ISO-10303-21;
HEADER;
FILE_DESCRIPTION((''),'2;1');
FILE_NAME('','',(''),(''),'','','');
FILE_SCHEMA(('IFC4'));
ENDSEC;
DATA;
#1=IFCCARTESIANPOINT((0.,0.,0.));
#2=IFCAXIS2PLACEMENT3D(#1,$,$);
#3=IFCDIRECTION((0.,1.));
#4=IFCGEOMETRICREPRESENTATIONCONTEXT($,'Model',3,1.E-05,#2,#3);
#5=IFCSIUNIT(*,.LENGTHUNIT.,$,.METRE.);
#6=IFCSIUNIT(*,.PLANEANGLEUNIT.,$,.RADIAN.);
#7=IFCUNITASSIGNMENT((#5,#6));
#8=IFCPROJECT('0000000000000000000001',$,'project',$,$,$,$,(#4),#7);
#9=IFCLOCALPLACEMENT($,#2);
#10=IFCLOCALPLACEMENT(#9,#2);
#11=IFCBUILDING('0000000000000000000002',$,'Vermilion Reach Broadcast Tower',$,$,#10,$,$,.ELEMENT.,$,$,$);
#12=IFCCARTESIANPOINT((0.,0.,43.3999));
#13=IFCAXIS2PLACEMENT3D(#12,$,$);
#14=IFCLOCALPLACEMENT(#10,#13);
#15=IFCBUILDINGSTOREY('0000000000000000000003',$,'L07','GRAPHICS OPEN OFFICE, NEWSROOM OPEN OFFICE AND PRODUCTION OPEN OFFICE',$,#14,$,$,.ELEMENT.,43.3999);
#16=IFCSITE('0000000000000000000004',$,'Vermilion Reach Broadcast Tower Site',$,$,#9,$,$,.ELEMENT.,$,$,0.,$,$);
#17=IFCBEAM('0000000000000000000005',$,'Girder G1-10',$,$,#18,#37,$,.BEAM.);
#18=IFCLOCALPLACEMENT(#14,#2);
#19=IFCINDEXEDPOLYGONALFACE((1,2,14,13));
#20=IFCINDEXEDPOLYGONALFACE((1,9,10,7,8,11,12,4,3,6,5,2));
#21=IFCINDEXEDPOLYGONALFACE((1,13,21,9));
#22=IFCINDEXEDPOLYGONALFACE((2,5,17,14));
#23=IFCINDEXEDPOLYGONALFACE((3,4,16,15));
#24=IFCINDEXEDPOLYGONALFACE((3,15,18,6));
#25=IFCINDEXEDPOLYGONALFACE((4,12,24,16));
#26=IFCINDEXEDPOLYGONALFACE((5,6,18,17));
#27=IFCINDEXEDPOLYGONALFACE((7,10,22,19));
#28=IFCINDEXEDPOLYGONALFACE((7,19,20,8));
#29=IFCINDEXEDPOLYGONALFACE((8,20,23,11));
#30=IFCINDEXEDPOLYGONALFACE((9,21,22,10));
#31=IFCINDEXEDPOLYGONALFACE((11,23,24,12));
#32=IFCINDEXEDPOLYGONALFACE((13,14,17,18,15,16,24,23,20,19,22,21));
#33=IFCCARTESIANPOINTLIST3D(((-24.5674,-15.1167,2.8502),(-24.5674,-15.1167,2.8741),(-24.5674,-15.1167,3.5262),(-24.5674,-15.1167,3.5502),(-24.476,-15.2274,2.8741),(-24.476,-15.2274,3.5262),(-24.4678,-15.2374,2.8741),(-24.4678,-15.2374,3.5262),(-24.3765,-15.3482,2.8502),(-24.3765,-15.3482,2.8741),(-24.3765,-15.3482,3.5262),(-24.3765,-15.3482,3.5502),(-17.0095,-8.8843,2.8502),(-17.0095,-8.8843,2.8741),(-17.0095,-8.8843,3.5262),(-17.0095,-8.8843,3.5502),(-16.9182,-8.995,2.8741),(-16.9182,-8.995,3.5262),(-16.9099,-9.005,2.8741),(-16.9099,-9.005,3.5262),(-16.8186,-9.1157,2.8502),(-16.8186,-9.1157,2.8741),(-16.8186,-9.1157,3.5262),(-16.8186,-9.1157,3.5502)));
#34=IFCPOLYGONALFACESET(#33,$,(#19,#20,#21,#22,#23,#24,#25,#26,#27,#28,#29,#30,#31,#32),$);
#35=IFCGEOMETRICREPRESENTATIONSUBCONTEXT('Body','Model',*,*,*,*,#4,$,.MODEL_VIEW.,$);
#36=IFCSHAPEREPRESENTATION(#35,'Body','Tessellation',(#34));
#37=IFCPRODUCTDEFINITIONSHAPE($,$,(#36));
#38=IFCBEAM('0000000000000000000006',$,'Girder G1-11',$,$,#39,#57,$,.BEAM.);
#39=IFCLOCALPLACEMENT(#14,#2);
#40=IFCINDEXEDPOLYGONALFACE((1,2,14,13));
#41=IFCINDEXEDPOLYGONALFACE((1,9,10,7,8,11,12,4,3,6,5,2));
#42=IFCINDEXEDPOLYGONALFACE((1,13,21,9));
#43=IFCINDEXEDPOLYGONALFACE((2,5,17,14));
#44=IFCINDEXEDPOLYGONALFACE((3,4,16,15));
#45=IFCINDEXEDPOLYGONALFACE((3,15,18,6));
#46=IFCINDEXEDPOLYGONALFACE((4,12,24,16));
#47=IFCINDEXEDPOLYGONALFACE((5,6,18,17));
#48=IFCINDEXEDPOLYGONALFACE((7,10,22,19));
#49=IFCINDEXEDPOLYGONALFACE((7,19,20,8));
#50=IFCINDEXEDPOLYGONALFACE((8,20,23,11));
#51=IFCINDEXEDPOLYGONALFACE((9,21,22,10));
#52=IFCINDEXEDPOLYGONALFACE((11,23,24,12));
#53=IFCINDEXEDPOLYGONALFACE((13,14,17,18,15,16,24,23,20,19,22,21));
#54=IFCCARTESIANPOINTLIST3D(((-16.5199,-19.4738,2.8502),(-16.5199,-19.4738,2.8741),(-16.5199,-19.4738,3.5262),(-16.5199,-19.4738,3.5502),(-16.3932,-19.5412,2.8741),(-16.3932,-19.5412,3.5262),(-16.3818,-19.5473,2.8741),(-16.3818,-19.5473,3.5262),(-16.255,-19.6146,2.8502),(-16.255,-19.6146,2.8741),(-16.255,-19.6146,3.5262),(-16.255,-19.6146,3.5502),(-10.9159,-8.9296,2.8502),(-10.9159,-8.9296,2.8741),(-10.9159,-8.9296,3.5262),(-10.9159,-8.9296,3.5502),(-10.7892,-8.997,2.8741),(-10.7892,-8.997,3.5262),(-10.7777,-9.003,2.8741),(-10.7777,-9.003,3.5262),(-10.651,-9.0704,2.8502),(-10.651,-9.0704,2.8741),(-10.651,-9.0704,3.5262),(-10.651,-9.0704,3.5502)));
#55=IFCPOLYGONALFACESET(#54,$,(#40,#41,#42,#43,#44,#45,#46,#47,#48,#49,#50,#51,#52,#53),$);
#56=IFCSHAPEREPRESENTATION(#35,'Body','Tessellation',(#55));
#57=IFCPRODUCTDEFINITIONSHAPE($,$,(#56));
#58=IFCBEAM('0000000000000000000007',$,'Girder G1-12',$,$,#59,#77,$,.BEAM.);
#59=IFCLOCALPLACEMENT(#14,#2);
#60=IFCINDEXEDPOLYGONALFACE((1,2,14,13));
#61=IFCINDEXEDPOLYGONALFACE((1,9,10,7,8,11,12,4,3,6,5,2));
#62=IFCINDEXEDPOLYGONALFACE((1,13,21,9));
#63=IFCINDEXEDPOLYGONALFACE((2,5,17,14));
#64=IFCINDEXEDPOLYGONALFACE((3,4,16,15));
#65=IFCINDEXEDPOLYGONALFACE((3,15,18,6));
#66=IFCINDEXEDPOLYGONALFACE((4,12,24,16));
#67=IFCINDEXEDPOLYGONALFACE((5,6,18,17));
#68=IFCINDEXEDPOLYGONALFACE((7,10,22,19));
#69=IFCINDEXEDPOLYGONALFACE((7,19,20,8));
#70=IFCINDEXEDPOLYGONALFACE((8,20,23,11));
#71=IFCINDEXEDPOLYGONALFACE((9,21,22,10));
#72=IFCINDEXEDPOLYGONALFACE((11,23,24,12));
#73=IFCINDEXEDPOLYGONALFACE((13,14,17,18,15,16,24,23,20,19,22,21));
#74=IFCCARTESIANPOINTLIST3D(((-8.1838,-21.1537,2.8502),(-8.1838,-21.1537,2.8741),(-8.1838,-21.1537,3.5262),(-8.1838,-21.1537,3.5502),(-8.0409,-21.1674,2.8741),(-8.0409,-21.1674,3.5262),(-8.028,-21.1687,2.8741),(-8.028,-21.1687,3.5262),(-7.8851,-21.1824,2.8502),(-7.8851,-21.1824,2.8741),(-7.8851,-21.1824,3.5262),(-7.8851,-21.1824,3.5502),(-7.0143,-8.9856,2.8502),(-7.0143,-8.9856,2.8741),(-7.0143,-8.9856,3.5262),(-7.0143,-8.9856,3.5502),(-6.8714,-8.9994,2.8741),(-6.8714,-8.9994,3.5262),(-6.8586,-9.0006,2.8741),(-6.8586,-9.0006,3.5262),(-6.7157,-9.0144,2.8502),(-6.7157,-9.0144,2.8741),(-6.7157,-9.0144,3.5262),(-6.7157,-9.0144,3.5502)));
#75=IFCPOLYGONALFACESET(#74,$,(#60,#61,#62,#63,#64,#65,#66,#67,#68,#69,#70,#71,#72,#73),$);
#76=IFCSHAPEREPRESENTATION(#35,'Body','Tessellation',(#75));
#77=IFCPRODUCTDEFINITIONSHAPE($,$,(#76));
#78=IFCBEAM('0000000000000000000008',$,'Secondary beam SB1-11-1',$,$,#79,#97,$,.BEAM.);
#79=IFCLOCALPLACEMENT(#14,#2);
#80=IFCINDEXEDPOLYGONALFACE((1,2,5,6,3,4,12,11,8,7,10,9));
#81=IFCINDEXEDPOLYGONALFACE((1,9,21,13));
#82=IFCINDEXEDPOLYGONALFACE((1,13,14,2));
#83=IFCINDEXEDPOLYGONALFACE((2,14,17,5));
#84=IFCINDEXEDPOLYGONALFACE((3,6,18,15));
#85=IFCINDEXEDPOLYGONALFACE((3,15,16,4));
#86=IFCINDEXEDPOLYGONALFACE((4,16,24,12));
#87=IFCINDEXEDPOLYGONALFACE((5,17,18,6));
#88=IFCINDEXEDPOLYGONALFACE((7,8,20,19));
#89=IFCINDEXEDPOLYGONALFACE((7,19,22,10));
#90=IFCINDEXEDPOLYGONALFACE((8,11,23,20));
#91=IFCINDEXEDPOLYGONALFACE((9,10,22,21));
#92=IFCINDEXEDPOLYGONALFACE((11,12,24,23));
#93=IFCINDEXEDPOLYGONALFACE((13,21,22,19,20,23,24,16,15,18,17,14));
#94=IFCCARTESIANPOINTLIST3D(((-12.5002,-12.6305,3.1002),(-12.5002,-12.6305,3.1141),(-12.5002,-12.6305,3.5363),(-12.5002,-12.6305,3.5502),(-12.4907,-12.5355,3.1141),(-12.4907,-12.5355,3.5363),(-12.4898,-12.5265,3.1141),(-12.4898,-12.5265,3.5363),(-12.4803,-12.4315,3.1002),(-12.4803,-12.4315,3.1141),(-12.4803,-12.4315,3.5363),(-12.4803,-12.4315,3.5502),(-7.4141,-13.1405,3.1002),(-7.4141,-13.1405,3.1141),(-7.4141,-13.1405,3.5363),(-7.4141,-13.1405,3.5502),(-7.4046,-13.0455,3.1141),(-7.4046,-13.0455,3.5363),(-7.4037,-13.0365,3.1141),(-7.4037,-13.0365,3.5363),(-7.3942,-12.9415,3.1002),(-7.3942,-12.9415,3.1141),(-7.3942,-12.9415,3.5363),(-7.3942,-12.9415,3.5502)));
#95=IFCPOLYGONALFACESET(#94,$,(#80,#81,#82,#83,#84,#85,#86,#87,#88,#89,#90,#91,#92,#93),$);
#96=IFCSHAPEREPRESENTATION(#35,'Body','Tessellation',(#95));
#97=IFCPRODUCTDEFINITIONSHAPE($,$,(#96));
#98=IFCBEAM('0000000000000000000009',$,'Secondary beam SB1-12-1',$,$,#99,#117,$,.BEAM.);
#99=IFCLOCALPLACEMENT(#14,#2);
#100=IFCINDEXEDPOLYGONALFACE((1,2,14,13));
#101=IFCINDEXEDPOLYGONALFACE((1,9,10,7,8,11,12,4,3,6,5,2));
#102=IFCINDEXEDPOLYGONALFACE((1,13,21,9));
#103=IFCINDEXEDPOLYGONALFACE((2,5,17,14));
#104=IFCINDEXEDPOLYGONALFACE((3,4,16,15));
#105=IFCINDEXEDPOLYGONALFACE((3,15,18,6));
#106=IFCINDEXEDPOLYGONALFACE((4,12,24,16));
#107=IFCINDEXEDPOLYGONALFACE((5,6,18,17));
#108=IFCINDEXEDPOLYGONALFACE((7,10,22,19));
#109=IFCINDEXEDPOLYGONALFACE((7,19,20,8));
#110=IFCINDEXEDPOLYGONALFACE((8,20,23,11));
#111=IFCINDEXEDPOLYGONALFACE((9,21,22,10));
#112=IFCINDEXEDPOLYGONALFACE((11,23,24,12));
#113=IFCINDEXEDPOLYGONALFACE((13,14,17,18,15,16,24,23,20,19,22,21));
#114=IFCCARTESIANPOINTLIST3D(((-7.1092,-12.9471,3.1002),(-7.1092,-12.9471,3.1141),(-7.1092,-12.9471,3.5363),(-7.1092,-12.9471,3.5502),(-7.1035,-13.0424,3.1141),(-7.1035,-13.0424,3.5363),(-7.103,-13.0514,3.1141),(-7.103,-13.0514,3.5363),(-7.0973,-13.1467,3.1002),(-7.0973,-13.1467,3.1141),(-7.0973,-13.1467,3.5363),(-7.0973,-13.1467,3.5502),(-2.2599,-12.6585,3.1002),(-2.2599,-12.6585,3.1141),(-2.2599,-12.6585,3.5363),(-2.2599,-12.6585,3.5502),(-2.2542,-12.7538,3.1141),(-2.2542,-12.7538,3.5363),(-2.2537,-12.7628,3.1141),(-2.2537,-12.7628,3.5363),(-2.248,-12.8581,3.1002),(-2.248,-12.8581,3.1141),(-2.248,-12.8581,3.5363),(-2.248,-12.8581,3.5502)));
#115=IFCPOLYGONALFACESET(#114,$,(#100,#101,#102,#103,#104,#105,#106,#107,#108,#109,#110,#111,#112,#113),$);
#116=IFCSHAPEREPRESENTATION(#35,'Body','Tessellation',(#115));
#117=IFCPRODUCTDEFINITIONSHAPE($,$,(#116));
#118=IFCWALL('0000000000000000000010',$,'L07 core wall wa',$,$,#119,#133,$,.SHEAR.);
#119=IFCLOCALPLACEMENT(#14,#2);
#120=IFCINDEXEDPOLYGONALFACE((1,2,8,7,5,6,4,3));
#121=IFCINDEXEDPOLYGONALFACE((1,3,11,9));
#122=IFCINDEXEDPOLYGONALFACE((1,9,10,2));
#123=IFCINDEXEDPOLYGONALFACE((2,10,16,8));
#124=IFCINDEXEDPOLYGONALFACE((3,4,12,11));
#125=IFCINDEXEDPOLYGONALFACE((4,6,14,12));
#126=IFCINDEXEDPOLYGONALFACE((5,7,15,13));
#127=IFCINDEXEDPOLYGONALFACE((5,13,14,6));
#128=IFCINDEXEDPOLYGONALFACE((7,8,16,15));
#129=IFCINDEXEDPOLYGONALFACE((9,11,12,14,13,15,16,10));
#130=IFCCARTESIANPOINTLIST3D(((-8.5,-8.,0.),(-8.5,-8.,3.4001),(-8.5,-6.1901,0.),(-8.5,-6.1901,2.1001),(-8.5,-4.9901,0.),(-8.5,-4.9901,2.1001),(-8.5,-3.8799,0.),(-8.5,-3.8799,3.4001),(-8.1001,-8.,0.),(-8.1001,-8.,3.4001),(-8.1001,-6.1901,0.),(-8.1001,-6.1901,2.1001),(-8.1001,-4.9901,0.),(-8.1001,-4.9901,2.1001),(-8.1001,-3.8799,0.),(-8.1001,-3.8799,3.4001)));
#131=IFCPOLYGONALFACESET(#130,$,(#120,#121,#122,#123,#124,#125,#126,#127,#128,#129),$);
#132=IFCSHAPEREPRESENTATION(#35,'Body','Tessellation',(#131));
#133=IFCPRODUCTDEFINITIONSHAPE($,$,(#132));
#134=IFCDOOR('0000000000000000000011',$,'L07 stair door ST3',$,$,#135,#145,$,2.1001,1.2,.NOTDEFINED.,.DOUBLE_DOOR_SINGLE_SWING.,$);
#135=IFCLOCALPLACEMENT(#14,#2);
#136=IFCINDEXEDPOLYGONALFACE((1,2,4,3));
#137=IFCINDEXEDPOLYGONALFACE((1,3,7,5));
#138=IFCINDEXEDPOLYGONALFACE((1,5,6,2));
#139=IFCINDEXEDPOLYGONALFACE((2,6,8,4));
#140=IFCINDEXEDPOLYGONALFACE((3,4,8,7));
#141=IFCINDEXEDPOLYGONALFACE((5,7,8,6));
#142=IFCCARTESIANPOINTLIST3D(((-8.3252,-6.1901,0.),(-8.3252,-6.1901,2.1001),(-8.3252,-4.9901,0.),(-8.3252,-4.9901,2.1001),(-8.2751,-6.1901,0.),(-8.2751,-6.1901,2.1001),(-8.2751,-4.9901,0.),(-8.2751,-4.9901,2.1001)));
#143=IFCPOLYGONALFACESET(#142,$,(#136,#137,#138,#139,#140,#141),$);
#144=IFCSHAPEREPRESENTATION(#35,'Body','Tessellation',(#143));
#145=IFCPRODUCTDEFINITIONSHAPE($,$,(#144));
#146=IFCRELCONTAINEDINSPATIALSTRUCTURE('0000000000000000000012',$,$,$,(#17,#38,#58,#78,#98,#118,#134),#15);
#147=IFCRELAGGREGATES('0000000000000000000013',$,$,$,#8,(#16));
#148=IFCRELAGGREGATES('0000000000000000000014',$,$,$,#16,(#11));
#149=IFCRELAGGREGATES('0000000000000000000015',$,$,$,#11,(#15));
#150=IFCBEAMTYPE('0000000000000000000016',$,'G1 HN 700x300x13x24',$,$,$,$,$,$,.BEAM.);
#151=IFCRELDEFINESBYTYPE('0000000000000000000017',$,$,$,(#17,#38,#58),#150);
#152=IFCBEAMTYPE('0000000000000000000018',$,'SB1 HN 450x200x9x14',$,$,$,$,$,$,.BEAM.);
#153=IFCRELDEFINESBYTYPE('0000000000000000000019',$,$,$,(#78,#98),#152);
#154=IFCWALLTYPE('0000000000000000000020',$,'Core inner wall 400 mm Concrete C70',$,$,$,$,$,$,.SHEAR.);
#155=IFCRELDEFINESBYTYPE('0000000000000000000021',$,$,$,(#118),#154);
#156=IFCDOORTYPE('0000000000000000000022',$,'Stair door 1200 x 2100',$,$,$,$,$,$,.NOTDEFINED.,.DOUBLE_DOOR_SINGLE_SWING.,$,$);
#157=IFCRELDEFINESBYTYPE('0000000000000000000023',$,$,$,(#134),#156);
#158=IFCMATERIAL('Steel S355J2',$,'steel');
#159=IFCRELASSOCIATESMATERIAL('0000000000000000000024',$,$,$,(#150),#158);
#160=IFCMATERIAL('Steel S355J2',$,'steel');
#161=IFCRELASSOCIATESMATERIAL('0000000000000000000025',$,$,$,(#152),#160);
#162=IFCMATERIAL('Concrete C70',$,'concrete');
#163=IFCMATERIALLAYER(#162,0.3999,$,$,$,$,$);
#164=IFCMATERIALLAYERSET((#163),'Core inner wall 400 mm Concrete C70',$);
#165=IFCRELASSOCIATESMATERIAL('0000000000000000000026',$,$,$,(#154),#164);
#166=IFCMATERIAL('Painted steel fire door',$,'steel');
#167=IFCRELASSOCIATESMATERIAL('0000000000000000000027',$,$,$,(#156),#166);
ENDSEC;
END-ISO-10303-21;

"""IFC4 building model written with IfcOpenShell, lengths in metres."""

from ifc_helpers import new_model, si_unit, direction, frame, frame_2d, origin, origin_2d, place, context, subcontext, project, spatial, rectangle, i_section, extrude, material, layer, layer_set, material_profile, profile_set, type_object, element, fill, save


model = new_model("IFC4")

# Units and contexts
model_context = context("Model", 3, precision=1e-05, world=origin(), true_north=direction((0.0, 1.0)))
body_context = subcontext(model_context, "Body", "Model", "MODEL_VIEW")
ifc_project = project(units=[si_unit("LENGTHUNIT", "METRE"), si_unit("PLANEANGLEUNIT", "RADIAN")], contexts=[model_context])

# Site, building, storey
site_placement = place(None, origin())
site = spatial("IfcSite", under=ifc_project, at=site_placement, Name="Vermilion Reach Broadcast Tower Site", CompositionType="ELEMENT", RefElevation=0.0)
building_placement = place(site_placement, origin())
building = spatial("IfcBuilding", under=site, at=building_placement, Name="Vermilion Reach Broadcast Tower", CompositionType="ELEMENT")
storey_placement = place(building_placement, frame((0.0, 0.0, 43.3999)))
storey = spatial("IfcBuildingStorey", under=building, at=storey_placement, Name="L07", Description="GRAPHICS OPEN OFFICE, NEWSROOM OPEN OFFICE AND PRODUCTION OPEN OFFICE", CompositionType="ELEMENT", Elevation=43.3999)

# Beams
ifc_material_1 = material(Name="Steel S355J2", Category="steel")
ifc_material_profile_1 = material_profile(ifc_material_1, i_section(OverallWidth=0.3, OverallDepth=0.7, WebThickness=0.0129, FlangeThickness=0.0239, at=origin_2d()), Name="S355J2 HN 700x300x13x24")
ifc_profile_set_1 = profile_set([ifc_material_profile_1], Name="Steel S355J2")
beam_type_1 = type_object("IfcBeamType", Name="G1 HN 700x300x13x24", PredefinedType="BEAM", material=ifc_profile_set_1)
beam_1_placement = place(storey_placement, frame((-16.9141, -9.0, 3.2002), z_axis=(-0.771514, -0.636212, 0.0), x_axis=(0.636212, -0.771514, 0.0)))
element("IfcBeam", 1, at=beam_1_placement, inside=storey, type_object=beam_type_1, Name="Girder G1-10", PredefinedType="BEAM", context=body_context, shape_type="SweptSolid", body=[
    extrude(i_section(OverallWidth=0.3, OverallDepth=0.7, WebThickness=0.0129, FlangeThickness=0.0239, at=origin_2d()), origin(), (0.0, 0.0, 1.0), 9.7961),
])
beam_2_placement = place(storey_placement, frame((-10.7834, -9.0, 3.2002), z_axis=(-0.469312, -0.883032, 0.0), x_axis=(0.883032, -0.469312, 0.0)))
element("IfcBeam", 2, at=beam_2_placement, inside=storey, type_object=beam_type_1, Name="Girder G1-11", PredefinedType="BEAM", context=body_context, shape_type="SweptSolid", body=[
    extrude(i_section(OverallWidth=0.3, OverallDepth=0.7, WebThickness=0.0129, FlangeThickness=0.0239, at=origin_2d()), origin(), (0.0, 0.0, 1.0), 11.9409),
])
beam_3_placement = place(storey_placement, frame((-6.865, -9.0, 3.2002), z_axis=(-0.095667, -0.995413, 0.0), x_axis=(0.995413, -0.095667, 0.0)))
element("IfcBeam", 3, at=beam_3_placement, inside=storey, type_object=beam_type_1, Name="Girder G1-12", PredefinedType="BEAM", context=body_context, shape_type="SweptSolid", body=[
    extrude(i_section(OverallWidth=0.3, OverallDepth=0.7, WebThickness=0.0129, FlangeThickness=0.0239, at=origin_2d()), origin(), (0.0, 0.0, 1.0), 12.2241),
])
ifc_material_2 = material(Name="Steel S355J2", Category="steel")
ifc_material_profile_2 = material_profile(ifc_material_2, i_section(OverallWidth=0.2, OverallDepth=0.45, WebThickness=0.009, FlangeThickness=0.0139, at=origin_2d()), Name="S355J2 HN 450x200x9x14")
ifc_profile_set_2 = profile_set([ifc_material_profile_2], Name="Steel S355J2")
beam_type_2 = type_object("IfcBeamType", Name="SB1 HN 450x200x9x14", PredefinedType="BEAM", material=ifc_profile_set_2)
beam_4_placement = place(storey_placement, frame((-12.4902, -12.531, 3.3252), z_axis=(0.99501, -0.099773, 0.0), x_axis=(0.099773, 0.99501, 0.0)))
element("IfcBeam", 4, at=beam_4_placement, inside=storey, type_object=beam_type_2, Name="Secondary beam SB1-11-1", PredefinedType="BEAM", context=body_context, shape_type="SweptSolid", body=[
    extrude(i_section(OverallWidth=0.2, OverallDepth=0.45, WebThickness=0.009, FlangeThickness=0.0139, at=origin_2d()), origin(), (0.0, 0.0, 1.0), 5.1116),
])
beam_5_placement = place(storey_placement, frame((-7.1033, -13.0469, 3.3252), z_axis=(0.998234, 0.059403, 0.0), x_axis=(-0.059403, 0.998234, 0.0)))
element("IfcBeam", 5, at=beam_5_placement, inside=storey, type_object=beam_type_2, Name="Secondary beam SB1-12-1", PredefinedType="BEAM", context=body_context, shape_type="SweptSolid", body=[
    extrude(i_section(OverallWidth=0.2, OverallDepth=0.45, WebThickness=0.009, FlangeThickness=0.0139, at=origin_2d()), origin(), (0.0, 0.0, 1.0), 4.8579),
])

# Wall, opening, door
ifc_material_3 = material(Name="Concrete C70", Category="concrete")
ifc_layer_1 = layer(ifc_material_3, 0.3999)
ifc_layer_set_1 = layer_set([ifc_layer_1], Name="Core inner wall 400 mm Concrete C70")
wall_type_1 = type_object("IfcWallType", Name="Core inner wall 400 mm Concrete C70", PredefinedType="SHEAR", material=ifc_layer_set_1)
wall_1_placement = place(storey_placement, frame((-8.3, -3.8799, 0.0), z_axis=(0.0, 0.0, 1.0), x_axis=(0.0, -1.0, 0.0)))
wall_1 = element("IfcWall", 6, at=wall_1_placement, inside=storey, type_object=wall_type_1, Name="L07 core wall wa", PredefinedType="SHEAR", context=body_context, shape_type="SweptSolid", body=[
    extrude(rectangle(XDim=4.1201, YDim=0.3999, at=frame_2d((2.0601, 0.0))), origin(), (0.0, 0.0, 1.0), 3.4001),
])
opening_1_placement = place(wall_1_placement, frame((1.1101, 0.0, 0.0)))
opening_1 = element("IfcOpeningElement", 7, at=opening_1_placement, cuts=wall_1, PredefinedType="OPENING", context=body_context, shape_type="SweptSolid", body=[
    extrude(rectangle(XDim=1.2, YDim=2.1001, at=frame_2d((0.6001, 1.05))), frame((0.0, 0.21, 0.0), z_axis=(0.0, -1.0, 0.0), x_axis=(1.0, 0.0, 0.0)), (0.0, 0.0, 1.0), 0.4199),
])
ifc_material_4 = material(Name="Painted steel fire door", Category="steel")
door_type_1 = type_object("IfcDoorType", Name="Stair door 1200 x 2100", OperationType="DOUBLE_DOOR_SINGLE_SWING", PredefinedType="NOTDEFINED", material=ifc_material_4)
door_1_placement = place(opening_1_placement, origin())
door_1 = element("IfcDoor", 8, at=door_1_placement, inside=storey, type_object=door_type_1, Name="L07 stair door ST3", OperationType="DOUBLE_DOOR_SINGLE_SWING", OverallHeight=2.1001, OverallWidth=1.2, PredefinedType="NOTDEFINED", context=body_context, shape_type="SweptSolid", body=[
    extrude(rectangle(XDim=1.2, YDim=2.1001, at=frame_2d((0.6001, 1.05))), frame((0.0, 0.0249, 0.0), z_axis=(0.0, -1.0, 0.0), x_axis=(1.0, 0.0, 0.0)), (0.0, 0.0, 1.0), 0.05),
])
fill(opening_1, door_1)

save(model, "model.ifc")
